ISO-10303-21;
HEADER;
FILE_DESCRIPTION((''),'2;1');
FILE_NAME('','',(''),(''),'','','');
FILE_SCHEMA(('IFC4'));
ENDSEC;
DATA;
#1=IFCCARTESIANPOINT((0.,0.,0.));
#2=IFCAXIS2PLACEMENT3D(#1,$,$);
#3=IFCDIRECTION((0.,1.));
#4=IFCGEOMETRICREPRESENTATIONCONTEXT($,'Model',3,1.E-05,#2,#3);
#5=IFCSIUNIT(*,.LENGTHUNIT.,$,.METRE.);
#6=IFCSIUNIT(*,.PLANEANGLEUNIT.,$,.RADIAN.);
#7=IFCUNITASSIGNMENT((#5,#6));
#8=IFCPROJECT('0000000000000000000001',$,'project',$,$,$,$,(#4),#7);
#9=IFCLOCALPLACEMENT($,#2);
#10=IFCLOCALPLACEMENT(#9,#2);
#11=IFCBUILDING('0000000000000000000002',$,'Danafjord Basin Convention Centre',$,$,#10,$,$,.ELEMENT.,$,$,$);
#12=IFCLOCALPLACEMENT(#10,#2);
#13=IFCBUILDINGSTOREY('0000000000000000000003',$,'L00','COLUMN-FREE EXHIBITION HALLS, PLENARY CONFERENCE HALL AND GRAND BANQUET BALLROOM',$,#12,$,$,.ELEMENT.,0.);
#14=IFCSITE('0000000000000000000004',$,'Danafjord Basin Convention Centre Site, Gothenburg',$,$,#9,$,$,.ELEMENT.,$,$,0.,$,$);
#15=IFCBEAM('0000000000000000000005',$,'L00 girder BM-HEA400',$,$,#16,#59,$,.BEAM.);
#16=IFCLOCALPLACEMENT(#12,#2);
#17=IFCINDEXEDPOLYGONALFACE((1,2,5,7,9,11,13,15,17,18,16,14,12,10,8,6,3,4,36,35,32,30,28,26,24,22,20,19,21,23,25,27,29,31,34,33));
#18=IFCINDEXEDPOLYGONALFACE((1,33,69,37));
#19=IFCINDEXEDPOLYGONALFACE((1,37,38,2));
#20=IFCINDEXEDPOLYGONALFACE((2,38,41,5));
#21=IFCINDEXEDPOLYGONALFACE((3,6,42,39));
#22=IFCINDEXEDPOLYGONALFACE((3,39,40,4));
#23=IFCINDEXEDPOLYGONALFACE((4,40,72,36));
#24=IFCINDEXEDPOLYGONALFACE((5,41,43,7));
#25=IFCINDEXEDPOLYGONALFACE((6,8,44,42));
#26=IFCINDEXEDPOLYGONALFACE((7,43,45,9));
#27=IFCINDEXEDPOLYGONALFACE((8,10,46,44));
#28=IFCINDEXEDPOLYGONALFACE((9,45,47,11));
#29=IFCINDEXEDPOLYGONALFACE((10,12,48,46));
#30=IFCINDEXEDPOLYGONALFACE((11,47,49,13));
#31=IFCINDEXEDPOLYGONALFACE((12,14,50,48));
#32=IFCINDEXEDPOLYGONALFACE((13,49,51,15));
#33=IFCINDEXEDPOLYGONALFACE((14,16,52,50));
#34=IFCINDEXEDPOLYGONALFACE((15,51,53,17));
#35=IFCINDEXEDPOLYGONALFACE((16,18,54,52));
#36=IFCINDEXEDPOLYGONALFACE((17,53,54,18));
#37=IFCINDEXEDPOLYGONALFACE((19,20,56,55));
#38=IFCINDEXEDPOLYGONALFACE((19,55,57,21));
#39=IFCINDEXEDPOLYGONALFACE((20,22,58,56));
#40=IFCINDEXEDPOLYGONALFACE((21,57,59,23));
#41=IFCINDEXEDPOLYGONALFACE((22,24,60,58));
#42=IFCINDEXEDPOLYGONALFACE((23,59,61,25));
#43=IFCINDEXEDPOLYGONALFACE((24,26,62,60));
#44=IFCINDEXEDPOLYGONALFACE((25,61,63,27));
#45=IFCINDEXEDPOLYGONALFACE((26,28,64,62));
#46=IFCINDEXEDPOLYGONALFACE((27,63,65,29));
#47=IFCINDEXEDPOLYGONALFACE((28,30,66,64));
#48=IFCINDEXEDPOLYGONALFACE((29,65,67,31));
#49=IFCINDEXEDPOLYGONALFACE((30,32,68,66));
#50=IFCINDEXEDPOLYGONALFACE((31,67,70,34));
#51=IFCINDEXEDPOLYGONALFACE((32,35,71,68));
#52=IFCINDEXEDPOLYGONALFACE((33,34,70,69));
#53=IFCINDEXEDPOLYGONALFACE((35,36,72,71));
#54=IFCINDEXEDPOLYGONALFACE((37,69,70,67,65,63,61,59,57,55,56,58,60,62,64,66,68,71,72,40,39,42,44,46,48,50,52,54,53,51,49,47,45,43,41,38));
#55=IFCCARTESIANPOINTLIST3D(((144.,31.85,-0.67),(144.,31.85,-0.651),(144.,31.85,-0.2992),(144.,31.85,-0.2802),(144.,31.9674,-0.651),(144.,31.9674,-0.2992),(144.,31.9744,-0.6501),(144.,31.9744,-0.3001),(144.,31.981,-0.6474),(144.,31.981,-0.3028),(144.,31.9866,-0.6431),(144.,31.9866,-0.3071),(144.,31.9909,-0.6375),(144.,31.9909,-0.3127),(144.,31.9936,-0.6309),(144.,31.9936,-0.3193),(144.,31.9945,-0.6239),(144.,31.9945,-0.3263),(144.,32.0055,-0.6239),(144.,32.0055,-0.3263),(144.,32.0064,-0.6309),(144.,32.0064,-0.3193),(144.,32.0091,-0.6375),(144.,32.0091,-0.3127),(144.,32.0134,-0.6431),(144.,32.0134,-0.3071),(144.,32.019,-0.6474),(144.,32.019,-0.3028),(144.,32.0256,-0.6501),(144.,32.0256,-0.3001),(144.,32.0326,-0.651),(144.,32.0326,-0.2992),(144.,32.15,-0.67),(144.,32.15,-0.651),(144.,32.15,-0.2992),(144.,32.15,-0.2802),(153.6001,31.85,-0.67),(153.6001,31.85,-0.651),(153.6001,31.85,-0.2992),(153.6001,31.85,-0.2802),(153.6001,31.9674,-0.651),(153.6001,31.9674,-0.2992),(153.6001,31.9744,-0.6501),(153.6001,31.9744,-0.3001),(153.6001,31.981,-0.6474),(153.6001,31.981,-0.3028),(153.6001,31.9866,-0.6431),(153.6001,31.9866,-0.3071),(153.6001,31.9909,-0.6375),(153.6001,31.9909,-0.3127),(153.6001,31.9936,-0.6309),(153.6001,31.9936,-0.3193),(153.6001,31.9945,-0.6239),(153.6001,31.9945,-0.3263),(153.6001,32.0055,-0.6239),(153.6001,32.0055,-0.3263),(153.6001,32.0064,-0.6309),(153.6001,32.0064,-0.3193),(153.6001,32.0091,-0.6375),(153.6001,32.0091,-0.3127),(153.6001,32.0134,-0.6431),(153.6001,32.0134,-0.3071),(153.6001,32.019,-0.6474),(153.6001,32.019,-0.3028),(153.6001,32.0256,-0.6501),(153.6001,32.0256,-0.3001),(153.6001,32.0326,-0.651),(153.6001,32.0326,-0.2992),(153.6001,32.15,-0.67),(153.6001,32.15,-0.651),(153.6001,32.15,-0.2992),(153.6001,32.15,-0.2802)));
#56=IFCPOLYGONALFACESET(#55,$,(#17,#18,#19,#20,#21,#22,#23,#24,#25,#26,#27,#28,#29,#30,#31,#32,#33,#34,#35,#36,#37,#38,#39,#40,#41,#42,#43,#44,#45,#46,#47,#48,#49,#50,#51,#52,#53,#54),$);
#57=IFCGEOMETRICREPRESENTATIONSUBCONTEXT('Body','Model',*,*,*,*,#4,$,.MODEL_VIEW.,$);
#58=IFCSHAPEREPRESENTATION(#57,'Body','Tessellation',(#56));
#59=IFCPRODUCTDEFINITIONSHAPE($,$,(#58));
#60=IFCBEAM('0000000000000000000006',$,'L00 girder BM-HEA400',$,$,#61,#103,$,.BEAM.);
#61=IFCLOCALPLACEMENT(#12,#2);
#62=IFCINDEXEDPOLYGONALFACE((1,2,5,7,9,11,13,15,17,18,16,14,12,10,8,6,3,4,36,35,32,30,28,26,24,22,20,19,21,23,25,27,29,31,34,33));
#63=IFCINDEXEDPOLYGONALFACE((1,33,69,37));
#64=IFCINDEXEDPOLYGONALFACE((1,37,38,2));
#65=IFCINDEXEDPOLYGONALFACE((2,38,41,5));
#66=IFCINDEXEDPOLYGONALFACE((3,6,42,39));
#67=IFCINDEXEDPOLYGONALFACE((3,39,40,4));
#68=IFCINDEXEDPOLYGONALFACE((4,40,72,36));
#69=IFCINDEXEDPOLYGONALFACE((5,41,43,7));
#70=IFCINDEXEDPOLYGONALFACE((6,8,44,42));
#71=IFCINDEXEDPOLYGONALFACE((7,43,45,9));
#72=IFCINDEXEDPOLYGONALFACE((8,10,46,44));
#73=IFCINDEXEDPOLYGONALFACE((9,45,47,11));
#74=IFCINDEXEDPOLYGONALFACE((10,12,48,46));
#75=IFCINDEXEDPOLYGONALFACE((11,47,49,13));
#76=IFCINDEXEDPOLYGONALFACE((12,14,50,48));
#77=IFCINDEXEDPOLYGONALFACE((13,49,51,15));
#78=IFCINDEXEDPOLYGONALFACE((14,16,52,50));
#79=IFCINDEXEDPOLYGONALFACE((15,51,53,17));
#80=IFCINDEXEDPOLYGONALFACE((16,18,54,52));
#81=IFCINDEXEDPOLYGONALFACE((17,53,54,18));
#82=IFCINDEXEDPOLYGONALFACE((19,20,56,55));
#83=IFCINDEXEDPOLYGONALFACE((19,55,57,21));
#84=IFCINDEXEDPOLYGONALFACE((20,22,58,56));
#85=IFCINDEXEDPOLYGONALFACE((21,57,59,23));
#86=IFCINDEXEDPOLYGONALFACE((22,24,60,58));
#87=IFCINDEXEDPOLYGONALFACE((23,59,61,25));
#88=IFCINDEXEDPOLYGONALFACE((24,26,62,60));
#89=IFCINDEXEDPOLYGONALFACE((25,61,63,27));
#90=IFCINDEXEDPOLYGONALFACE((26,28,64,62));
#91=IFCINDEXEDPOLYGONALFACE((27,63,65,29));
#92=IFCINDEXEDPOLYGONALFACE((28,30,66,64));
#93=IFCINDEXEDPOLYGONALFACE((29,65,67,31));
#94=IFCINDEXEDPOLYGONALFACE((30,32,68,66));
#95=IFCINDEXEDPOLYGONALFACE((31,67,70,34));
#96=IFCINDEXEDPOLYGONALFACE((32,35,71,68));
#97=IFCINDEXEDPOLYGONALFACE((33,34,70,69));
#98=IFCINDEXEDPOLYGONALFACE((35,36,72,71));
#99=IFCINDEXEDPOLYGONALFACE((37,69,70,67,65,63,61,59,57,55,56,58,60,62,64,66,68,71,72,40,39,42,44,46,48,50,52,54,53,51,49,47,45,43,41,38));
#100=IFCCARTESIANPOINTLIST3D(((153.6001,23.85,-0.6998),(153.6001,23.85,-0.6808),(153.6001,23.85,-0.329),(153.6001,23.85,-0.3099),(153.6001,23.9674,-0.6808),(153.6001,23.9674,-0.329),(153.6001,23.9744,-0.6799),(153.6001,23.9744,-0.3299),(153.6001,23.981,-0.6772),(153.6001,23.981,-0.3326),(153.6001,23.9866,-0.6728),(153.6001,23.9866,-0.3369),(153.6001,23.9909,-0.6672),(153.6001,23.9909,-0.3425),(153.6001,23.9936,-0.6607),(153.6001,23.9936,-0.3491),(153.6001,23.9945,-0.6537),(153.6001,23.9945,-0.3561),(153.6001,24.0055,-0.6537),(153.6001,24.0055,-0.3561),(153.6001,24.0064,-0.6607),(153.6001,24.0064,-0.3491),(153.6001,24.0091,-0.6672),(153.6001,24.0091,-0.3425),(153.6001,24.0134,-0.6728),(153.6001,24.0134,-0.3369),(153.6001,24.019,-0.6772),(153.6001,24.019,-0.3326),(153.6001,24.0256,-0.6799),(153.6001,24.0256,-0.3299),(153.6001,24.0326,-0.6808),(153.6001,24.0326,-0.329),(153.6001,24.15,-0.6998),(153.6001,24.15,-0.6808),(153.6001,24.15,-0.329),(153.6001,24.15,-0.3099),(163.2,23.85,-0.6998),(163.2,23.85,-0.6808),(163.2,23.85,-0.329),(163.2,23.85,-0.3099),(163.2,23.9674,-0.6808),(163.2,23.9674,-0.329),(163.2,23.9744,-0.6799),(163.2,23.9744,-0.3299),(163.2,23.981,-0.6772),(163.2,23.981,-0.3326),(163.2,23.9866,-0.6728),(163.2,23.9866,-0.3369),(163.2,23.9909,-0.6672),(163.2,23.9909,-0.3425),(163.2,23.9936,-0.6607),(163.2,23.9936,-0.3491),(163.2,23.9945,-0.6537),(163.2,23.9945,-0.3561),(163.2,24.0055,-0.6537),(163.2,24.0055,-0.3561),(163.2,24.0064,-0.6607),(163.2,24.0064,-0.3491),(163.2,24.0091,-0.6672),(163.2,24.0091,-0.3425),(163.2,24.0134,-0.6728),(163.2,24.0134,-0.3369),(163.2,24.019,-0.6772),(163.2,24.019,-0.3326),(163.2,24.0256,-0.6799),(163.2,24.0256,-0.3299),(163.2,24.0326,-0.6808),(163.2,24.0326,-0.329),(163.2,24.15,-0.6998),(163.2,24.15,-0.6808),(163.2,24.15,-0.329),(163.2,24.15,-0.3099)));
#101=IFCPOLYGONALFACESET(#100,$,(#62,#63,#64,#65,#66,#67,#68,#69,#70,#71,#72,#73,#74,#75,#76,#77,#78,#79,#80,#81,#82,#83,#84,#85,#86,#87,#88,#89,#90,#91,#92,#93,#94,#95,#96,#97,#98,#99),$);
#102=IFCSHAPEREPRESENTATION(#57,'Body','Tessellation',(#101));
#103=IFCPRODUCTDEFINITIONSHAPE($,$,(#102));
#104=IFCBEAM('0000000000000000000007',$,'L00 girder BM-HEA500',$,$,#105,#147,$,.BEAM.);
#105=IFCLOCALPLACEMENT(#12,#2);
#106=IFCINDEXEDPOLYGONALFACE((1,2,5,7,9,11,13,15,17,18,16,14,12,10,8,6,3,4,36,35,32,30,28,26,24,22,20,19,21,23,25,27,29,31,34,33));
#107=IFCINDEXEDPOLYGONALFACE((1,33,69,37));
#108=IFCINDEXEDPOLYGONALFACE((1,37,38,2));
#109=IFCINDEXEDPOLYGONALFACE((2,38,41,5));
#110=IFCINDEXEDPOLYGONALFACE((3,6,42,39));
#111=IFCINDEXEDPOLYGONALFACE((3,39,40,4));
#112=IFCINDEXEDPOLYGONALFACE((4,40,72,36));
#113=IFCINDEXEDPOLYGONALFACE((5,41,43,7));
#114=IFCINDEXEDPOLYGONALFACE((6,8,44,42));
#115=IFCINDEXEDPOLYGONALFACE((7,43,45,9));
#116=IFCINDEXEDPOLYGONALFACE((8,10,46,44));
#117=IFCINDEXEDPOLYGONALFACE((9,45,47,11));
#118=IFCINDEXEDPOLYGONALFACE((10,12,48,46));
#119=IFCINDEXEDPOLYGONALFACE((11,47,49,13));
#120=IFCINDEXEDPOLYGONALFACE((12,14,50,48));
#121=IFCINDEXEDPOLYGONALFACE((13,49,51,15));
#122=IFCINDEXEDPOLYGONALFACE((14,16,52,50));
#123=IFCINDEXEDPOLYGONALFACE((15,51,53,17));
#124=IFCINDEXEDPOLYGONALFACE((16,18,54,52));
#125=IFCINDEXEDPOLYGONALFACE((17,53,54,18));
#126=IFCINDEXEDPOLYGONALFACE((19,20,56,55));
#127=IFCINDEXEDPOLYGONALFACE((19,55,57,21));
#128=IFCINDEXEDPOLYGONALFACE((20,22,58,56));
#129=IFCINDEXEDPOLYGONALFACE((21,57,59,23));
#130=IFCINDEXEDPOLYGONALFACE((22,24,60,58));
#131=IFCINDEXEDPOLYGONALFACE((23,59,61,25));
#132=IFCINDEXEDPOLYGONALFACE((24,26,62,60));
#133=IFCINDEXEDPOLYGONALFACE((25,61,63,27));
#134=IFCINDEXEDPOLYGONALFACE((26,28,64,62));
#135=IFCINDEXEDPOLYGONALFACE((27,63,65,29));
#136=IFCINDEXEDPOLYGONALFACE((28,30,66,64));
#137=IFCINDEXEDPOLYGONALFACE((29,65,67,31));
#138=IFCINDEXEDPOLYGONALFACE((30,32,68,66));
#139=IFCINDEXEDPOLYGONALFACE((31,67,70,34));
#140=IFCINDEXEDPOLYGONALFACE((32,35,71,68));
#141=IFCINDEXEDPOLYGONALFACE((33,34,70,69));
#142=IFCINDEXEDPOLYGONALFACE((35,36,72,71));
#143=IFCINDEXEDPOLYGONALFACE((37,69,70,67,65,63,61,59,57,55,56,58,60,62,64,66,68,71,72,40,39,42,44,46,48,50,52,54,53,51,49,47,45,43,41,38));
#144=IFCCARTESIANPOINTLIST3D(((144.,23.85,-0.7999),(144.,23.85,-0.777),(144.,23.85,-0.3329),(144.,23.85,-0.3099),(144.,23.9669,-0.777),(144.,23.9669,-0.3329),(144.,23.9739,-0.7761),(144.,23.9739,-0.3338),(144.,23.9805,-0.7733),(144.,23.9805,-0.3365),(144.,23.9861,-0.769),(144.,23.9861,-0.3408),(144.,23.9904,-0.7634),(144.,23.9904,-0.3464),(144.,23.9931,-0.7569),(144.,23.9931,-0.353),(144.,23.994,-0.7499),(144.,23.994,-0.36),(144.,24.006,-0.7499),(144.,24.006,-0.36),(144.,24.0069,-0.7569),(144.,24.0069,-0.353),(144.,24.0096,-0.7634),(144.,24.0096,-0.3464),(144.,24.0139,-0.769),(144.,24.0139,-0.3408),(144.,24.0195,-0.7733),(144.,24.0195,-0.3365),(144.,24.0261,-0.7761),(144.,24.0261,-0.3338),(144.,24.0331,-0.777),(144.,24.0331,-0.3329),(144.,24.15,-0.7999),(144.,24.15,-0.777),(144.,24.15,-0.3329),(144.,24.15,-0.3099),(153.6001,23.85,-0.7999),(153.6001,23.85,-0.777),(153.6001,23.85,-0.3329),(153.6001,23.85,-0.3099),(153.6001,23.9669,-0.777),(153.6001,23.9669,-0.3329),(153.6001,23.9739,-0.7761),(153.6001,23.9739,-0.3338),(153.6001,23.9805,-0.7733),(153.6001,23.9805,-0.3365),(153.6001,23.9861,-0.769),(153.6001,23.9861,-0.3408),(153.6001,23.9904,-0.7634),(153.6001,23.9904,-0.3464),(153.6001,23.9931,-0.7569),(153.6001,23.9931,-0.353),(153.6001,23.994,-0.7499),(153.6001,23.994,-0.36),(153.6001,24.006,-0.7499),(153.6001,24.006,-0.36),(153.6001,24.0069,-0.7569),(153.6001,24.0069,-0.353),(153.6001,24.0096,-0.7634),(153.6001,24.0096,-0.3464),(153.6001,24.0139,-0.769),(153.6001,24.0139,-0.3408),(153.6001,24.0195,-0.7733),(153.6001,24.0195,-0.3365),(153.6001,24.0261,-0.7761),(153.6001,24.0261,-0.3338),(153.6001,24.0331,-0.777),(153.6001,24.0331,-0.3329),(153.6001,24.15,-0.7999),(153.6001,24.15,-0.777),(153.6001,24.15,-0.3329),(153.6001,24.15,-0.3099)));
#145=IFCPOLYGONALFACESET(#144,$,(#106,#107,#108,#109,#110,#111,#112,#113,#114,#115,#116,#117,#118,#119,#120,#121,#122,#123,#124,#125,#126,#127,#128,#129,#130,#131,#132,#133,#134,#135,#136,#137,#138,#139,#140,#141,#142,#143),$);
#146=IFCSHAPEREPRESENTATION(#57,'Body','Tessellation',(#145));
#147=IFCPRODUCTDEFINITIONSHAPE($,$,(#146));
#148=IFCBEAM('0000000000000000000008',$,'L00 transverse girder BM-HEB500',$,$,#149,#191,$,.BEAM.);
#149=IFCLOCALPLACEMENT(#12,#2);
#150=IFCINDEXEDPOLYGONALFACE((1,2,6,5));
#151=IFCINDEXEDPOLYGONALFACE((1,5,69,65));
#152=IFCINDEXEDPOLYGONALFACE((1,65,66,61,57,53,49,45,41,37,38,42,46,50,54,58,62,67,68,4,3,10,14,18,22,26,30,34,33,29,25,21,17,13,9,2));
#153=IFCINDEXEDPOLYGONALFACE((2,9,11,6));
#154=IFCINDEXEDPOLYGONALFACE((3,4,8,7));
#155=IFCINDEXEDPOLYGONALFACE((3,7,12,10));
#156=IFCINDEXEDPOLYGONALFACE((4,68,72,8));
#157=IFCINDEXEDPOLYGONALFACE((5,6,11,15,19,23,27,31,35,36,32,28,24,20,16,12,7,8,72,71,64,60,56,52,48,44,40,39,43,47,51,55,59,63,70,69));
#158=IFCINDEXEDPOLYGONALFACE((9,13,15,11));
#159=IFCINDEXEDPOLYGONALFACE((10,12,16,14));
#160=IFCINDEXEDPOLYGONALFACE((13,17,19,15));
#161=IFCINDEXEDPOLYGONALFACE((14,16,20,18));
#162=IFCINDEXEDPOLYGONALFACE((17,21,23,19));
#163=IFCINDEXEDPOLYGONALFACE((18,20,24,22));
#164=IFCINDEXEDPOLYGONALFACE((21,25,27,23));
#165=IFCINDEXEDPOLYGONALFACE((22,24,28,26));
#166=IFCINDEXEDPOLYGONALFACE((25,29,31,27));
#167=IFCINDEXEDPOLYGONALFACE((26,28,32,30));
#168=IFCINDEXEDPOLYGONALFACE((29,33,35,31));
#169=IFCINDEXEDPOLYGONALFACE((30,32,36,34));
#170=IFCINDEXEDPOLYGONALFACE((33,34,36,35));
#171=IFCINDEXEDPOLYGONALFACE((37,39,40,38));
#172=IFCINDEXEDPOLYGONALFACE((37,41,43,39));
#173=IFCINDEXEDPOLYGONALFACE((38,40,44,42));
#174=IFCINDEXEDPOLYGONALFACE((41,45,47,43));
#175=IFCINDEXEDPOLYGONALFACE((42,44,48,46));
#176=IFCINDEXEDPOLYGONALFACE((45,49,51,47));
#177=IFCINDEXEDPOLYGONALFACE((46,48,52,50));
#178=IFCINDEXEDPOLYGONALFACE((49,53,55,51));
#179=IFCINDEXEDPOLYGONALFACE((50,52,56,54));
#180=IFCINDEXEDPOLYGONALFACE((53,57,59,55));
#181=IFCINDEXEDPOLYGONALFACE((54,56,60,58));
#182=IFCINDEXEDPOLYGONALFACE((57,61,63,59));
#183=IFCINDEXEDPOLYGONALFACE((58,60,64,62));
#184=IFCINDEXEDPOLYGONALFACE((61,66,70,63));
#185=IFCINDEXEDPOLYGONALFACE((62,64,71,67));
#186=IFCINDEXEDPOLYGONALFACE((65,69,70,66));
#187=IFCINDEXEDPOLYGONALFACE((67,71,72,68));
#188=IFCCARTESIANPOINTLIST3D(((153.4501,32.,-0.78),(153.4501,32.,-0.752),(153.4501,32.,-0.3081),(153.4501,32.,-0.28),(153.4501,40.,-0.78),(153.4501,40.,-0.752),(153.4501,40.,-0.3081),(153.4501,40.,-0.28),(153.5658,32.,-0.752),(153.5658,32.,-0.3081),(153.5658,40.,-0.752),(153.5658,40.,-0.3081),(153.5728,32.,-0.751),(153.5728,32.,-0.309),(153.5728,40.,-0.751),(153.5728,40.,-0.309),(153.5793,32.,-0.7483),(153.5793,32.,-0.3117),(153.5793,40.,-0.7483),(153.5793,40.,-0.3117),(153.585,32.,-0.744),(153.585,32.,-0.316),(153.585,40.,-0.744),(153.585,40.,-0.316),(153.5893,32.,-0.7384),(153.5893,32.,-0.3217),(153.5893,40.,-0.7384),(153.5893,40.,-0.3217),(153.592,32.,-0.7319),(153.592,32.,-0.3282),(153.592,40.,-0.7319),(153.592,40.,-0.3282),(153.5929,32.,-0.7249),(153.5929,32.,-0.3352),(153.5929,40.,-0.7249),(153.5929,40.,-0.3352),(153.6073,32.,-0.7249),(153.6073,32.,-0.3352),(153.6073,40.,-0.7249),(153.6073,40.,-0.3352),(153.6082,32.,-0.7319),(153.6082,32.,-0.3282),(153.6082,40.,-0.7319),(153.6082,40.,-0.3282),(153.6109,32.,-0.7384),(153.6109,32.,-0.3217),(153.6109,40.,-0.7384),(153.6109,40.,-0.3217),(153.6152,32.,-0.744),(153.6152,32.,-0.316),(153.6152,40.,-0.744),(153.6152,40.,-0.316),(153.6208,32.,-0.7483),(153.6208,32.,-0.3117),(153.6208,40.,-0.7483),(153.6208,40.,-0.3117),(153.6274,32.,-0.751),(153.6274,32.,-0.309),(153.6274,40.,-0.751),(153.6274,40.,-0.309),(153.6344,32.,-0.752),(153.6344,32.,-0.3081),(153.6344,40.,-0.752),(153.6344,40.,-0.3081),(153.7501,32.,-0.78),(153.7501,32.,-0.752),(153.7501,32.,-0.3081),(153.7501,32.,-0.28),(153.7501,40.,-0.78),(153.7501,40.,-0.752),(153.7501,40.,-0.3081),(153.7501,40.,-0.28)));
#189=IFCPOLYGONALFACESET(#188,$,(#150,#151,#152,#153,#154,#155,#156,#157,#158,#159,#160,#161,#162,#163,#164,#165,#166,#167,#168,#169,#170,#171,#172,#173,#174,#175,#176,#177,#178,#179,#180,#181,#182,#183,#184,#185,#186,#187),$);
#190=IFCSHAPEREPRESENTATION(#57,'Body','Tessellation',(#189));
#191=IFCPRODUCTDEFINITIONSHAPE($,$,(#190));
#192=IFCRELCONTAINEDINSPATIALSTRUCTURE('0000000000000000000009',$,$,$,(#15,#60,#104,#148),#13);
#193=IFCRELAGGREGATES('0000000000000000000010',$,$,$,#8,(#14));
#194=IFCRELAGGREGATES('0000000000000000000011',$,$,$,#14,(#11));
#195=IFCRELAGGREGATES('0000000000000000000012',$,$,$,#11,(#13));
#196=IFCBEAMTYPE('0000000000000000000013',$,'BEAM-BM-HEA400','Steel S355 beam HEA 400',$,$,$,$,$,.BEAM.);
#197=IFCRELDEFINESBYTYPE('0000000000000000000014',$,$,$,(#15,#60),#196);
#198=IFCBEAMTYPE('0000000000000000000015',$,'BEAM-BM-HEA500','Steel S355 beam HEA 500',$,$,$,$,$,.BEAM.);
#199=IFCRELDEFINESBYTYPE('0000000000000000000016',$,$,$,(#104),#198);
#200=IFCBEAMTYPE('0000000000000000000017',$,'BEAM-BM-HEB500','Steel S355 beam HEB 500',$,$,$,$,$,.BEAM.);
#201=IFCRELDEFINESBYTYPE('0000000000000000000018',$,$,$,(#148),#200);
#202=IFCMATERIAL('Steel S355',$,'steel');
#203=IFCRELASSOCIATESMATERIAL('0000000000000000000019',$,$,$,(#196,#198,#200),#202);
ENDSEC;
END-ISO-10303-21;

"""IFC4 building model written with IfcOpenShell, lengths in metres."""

from ifc_helpers import new_model, si_unit, direction, frame, origin, origin_2d, place, context, subcontext, project, spatial, i_section, extrude, material, material_profile, profile_set, type_object, element, save


model = new_model("IFC4")

# Units and contexts
model_context = context("Model", 3, precision=1e-05, world=origin(), true_north=direction((0.0, 1.0)))
body_context = subcontext(model_context, "Body", "Model", "MODEL_VIEW")
ifc_project = project(units=[si_unit("LENGTHUNIT", "METRE"), si_unit("PLANEANGLEUNIT", "RADIAN")], contexts=[model_context])

# Site, building, storey
site_placement = place(None, origin())
site = spatial("IfcSite", under=ifc_project, at=site_placement, Name="Danafjord Basin Convention Centre Site, Gothenburg", CompositionType="ELEMENT", RefElevation=0.0)
building_placement = place(site_placement, origin())
building = spatial("IfcBuilding", under=site, at=building_placement, Name="Danafjord Basin Convention Centre", CompositionType="ELEMENT")
storey_placement = place(building_placement, origin())
storey = spatial("IfcBuildingStorey", under=building, at=storey_placement, Name="L00", Description="COLUMN-FREE EXHIBITION HALLS, PLENARY CONFERENCE HALL AND GRAND BANQUET BALLROOM", CompositionType="ELEMENT", Elevation=0.0)

# Shared definitions
ifc_material_1 = material(Name="Steel S355", Category="steel")

# Beams
ifc_material_profile_1 = material_profile(ifc_material_1, i_section(OverallWidth=0.3, OverallDepth=0.3899, WebThickness=0.011, FlangeThickness=0.019, FilletRadius=0.0271, at=origin_2d()), Name="HEA 400")
ifc_profile_set_1 = profile_set([ifc_material_profile_1], Name="Steel S355")
beam_type_1 = type_object("IfcBeamType", Name="BEAM-BM-HEA400", Description="Steel S355 beam HEA 400", PredefinedType="BEAM", material=ifc_profile_set_1)
beam_1_placement = place(storey_placement, frame((144.0, 32.0, -0.4751), z_axis=(1.0, 0.0, 0.0), x_axis=(0.0, 1.0, 0.0)))
element("IfcBeam", 1, at=beam_1_placement, inside=storey, type_object=beam_type_1, Name="L00 girder BM-HEA400", PredefinedType="BEAM", context=body_context, shape_type="SweptSolid", body=[
    extrude(i_section(OverallWidth=0.3, OverallDepth=0.3899, WebThickness=0.011, FlangeThickness=0.019, FilletRadius=0.0271, at=origin_2d()), origin(), (0.0, 0.0, 1.0), 9.6001),
])
beam_2_placement = place(storey_placement, frame((153.6001, 24.0, -0.5049), z_axis=(1.0, 0.0, 0.0), x_axis=(0.0, 1.0, 0.0)))
element("IfcBeam", 2, at=beam_2_placement, inside=storey, type_object=beam_type_1, Name="L00 girder BM-HEA400", PredefinedType="BEAM", context=body_context, shape_type="SweptSolid", body=[
    extrude(i_section(OverallWidth=0.3, OverallDepth=0.3899, WebThickness=0.011, FlangeThickness=0.019, FilletRadius=0.0271, at=origin_2d()), origin(), (0.0, 0.0, 1.0), 9.5999),
])
ifc_material_profile_2 = material_profile(ifc_material_1, i_section(OverallWidth=0.3, OverallDepth=0.49, WebThickness=0.012, FlangeThickness=0.0229, FilletRadius=0.0271, at=origin_2d()), Name="HEA 500")
ifc_profile_set_2 = profile_set([ifc_material_profile_2], Name="Steel S355")
beam_type_2 = type_object("IfcBeamType", Name="BEAM-BM-HEA500", Description="Steel S355 beam HEA 500", PredefinedType="BEAM", material=ifc_profile_set_2)
beam_3_placement = place(storey_placement, frame((144.0, 24.0, -0.5549), z_axis=(1.0, 0.0, 0.0), x_axis=(0.0, 1.0, 0.0)))
element("IfcBeam", 3, at=beam_3_placement, inside=storey, type_object=beam_type_2, Name="L00 girder BM-HEA500", PredefinedType="BEAM", context=body_context, shape_type="SweptSolid", body=[
    extrude(i_section(OverallWidth=0.3, OverallDepth=0.49, WebThickness=0.012, FlangeThickness=0.0229, FilletRadius=0.0271, at=origin_2d()), origin(), (0.0, 0.0, 1.0), 9.6001),
])
ifc_material_profile_3 = material_profile(ifc_material_1, i_section(OverallWidth=0.3, OverallDepth=0.5, WebThickness=0.0144, FlangeThickness=0.0281, FilletRadius=0.0271, at=origin_2d()), Name="HEB 500")
ifc_profile_set_3 = profile_set([ifc_material_profile_3], Name="Steel S355")
beam_type_3 = type_object("IfcBeamType", Name="BEAM-BM-HEB500", Description="Steel S355 beam HEB 500", PredefinedType="BEAM", material=ifc_profile_set_3)
beam_4_placement = place(storey_placement, frame((153.6001, 32.0, -0.53), z_axis=(0.0, 1.0, 0.0), x_axis=(-1.0, 0.0, 0.0)))
element("IfcBeam", 4, at=beam_4_placement, inside=storey, type_object=beam_type_3, Name="L00 transverse girder BM-HEB500", PredefinedType="BEAM", context=body_context, shape_type="SweptSolid", body=[
    extrude(i_section(OverallWidth=0.3, OverallDepth=0.5, WebThickness=0.0144, FlangeThickness=0.0281, FilletRadius=0.0271, at=origin_2d()), origin(), (0.0, 0.0, 1.0), 8.0),
])

save(model, "model.ifc")
